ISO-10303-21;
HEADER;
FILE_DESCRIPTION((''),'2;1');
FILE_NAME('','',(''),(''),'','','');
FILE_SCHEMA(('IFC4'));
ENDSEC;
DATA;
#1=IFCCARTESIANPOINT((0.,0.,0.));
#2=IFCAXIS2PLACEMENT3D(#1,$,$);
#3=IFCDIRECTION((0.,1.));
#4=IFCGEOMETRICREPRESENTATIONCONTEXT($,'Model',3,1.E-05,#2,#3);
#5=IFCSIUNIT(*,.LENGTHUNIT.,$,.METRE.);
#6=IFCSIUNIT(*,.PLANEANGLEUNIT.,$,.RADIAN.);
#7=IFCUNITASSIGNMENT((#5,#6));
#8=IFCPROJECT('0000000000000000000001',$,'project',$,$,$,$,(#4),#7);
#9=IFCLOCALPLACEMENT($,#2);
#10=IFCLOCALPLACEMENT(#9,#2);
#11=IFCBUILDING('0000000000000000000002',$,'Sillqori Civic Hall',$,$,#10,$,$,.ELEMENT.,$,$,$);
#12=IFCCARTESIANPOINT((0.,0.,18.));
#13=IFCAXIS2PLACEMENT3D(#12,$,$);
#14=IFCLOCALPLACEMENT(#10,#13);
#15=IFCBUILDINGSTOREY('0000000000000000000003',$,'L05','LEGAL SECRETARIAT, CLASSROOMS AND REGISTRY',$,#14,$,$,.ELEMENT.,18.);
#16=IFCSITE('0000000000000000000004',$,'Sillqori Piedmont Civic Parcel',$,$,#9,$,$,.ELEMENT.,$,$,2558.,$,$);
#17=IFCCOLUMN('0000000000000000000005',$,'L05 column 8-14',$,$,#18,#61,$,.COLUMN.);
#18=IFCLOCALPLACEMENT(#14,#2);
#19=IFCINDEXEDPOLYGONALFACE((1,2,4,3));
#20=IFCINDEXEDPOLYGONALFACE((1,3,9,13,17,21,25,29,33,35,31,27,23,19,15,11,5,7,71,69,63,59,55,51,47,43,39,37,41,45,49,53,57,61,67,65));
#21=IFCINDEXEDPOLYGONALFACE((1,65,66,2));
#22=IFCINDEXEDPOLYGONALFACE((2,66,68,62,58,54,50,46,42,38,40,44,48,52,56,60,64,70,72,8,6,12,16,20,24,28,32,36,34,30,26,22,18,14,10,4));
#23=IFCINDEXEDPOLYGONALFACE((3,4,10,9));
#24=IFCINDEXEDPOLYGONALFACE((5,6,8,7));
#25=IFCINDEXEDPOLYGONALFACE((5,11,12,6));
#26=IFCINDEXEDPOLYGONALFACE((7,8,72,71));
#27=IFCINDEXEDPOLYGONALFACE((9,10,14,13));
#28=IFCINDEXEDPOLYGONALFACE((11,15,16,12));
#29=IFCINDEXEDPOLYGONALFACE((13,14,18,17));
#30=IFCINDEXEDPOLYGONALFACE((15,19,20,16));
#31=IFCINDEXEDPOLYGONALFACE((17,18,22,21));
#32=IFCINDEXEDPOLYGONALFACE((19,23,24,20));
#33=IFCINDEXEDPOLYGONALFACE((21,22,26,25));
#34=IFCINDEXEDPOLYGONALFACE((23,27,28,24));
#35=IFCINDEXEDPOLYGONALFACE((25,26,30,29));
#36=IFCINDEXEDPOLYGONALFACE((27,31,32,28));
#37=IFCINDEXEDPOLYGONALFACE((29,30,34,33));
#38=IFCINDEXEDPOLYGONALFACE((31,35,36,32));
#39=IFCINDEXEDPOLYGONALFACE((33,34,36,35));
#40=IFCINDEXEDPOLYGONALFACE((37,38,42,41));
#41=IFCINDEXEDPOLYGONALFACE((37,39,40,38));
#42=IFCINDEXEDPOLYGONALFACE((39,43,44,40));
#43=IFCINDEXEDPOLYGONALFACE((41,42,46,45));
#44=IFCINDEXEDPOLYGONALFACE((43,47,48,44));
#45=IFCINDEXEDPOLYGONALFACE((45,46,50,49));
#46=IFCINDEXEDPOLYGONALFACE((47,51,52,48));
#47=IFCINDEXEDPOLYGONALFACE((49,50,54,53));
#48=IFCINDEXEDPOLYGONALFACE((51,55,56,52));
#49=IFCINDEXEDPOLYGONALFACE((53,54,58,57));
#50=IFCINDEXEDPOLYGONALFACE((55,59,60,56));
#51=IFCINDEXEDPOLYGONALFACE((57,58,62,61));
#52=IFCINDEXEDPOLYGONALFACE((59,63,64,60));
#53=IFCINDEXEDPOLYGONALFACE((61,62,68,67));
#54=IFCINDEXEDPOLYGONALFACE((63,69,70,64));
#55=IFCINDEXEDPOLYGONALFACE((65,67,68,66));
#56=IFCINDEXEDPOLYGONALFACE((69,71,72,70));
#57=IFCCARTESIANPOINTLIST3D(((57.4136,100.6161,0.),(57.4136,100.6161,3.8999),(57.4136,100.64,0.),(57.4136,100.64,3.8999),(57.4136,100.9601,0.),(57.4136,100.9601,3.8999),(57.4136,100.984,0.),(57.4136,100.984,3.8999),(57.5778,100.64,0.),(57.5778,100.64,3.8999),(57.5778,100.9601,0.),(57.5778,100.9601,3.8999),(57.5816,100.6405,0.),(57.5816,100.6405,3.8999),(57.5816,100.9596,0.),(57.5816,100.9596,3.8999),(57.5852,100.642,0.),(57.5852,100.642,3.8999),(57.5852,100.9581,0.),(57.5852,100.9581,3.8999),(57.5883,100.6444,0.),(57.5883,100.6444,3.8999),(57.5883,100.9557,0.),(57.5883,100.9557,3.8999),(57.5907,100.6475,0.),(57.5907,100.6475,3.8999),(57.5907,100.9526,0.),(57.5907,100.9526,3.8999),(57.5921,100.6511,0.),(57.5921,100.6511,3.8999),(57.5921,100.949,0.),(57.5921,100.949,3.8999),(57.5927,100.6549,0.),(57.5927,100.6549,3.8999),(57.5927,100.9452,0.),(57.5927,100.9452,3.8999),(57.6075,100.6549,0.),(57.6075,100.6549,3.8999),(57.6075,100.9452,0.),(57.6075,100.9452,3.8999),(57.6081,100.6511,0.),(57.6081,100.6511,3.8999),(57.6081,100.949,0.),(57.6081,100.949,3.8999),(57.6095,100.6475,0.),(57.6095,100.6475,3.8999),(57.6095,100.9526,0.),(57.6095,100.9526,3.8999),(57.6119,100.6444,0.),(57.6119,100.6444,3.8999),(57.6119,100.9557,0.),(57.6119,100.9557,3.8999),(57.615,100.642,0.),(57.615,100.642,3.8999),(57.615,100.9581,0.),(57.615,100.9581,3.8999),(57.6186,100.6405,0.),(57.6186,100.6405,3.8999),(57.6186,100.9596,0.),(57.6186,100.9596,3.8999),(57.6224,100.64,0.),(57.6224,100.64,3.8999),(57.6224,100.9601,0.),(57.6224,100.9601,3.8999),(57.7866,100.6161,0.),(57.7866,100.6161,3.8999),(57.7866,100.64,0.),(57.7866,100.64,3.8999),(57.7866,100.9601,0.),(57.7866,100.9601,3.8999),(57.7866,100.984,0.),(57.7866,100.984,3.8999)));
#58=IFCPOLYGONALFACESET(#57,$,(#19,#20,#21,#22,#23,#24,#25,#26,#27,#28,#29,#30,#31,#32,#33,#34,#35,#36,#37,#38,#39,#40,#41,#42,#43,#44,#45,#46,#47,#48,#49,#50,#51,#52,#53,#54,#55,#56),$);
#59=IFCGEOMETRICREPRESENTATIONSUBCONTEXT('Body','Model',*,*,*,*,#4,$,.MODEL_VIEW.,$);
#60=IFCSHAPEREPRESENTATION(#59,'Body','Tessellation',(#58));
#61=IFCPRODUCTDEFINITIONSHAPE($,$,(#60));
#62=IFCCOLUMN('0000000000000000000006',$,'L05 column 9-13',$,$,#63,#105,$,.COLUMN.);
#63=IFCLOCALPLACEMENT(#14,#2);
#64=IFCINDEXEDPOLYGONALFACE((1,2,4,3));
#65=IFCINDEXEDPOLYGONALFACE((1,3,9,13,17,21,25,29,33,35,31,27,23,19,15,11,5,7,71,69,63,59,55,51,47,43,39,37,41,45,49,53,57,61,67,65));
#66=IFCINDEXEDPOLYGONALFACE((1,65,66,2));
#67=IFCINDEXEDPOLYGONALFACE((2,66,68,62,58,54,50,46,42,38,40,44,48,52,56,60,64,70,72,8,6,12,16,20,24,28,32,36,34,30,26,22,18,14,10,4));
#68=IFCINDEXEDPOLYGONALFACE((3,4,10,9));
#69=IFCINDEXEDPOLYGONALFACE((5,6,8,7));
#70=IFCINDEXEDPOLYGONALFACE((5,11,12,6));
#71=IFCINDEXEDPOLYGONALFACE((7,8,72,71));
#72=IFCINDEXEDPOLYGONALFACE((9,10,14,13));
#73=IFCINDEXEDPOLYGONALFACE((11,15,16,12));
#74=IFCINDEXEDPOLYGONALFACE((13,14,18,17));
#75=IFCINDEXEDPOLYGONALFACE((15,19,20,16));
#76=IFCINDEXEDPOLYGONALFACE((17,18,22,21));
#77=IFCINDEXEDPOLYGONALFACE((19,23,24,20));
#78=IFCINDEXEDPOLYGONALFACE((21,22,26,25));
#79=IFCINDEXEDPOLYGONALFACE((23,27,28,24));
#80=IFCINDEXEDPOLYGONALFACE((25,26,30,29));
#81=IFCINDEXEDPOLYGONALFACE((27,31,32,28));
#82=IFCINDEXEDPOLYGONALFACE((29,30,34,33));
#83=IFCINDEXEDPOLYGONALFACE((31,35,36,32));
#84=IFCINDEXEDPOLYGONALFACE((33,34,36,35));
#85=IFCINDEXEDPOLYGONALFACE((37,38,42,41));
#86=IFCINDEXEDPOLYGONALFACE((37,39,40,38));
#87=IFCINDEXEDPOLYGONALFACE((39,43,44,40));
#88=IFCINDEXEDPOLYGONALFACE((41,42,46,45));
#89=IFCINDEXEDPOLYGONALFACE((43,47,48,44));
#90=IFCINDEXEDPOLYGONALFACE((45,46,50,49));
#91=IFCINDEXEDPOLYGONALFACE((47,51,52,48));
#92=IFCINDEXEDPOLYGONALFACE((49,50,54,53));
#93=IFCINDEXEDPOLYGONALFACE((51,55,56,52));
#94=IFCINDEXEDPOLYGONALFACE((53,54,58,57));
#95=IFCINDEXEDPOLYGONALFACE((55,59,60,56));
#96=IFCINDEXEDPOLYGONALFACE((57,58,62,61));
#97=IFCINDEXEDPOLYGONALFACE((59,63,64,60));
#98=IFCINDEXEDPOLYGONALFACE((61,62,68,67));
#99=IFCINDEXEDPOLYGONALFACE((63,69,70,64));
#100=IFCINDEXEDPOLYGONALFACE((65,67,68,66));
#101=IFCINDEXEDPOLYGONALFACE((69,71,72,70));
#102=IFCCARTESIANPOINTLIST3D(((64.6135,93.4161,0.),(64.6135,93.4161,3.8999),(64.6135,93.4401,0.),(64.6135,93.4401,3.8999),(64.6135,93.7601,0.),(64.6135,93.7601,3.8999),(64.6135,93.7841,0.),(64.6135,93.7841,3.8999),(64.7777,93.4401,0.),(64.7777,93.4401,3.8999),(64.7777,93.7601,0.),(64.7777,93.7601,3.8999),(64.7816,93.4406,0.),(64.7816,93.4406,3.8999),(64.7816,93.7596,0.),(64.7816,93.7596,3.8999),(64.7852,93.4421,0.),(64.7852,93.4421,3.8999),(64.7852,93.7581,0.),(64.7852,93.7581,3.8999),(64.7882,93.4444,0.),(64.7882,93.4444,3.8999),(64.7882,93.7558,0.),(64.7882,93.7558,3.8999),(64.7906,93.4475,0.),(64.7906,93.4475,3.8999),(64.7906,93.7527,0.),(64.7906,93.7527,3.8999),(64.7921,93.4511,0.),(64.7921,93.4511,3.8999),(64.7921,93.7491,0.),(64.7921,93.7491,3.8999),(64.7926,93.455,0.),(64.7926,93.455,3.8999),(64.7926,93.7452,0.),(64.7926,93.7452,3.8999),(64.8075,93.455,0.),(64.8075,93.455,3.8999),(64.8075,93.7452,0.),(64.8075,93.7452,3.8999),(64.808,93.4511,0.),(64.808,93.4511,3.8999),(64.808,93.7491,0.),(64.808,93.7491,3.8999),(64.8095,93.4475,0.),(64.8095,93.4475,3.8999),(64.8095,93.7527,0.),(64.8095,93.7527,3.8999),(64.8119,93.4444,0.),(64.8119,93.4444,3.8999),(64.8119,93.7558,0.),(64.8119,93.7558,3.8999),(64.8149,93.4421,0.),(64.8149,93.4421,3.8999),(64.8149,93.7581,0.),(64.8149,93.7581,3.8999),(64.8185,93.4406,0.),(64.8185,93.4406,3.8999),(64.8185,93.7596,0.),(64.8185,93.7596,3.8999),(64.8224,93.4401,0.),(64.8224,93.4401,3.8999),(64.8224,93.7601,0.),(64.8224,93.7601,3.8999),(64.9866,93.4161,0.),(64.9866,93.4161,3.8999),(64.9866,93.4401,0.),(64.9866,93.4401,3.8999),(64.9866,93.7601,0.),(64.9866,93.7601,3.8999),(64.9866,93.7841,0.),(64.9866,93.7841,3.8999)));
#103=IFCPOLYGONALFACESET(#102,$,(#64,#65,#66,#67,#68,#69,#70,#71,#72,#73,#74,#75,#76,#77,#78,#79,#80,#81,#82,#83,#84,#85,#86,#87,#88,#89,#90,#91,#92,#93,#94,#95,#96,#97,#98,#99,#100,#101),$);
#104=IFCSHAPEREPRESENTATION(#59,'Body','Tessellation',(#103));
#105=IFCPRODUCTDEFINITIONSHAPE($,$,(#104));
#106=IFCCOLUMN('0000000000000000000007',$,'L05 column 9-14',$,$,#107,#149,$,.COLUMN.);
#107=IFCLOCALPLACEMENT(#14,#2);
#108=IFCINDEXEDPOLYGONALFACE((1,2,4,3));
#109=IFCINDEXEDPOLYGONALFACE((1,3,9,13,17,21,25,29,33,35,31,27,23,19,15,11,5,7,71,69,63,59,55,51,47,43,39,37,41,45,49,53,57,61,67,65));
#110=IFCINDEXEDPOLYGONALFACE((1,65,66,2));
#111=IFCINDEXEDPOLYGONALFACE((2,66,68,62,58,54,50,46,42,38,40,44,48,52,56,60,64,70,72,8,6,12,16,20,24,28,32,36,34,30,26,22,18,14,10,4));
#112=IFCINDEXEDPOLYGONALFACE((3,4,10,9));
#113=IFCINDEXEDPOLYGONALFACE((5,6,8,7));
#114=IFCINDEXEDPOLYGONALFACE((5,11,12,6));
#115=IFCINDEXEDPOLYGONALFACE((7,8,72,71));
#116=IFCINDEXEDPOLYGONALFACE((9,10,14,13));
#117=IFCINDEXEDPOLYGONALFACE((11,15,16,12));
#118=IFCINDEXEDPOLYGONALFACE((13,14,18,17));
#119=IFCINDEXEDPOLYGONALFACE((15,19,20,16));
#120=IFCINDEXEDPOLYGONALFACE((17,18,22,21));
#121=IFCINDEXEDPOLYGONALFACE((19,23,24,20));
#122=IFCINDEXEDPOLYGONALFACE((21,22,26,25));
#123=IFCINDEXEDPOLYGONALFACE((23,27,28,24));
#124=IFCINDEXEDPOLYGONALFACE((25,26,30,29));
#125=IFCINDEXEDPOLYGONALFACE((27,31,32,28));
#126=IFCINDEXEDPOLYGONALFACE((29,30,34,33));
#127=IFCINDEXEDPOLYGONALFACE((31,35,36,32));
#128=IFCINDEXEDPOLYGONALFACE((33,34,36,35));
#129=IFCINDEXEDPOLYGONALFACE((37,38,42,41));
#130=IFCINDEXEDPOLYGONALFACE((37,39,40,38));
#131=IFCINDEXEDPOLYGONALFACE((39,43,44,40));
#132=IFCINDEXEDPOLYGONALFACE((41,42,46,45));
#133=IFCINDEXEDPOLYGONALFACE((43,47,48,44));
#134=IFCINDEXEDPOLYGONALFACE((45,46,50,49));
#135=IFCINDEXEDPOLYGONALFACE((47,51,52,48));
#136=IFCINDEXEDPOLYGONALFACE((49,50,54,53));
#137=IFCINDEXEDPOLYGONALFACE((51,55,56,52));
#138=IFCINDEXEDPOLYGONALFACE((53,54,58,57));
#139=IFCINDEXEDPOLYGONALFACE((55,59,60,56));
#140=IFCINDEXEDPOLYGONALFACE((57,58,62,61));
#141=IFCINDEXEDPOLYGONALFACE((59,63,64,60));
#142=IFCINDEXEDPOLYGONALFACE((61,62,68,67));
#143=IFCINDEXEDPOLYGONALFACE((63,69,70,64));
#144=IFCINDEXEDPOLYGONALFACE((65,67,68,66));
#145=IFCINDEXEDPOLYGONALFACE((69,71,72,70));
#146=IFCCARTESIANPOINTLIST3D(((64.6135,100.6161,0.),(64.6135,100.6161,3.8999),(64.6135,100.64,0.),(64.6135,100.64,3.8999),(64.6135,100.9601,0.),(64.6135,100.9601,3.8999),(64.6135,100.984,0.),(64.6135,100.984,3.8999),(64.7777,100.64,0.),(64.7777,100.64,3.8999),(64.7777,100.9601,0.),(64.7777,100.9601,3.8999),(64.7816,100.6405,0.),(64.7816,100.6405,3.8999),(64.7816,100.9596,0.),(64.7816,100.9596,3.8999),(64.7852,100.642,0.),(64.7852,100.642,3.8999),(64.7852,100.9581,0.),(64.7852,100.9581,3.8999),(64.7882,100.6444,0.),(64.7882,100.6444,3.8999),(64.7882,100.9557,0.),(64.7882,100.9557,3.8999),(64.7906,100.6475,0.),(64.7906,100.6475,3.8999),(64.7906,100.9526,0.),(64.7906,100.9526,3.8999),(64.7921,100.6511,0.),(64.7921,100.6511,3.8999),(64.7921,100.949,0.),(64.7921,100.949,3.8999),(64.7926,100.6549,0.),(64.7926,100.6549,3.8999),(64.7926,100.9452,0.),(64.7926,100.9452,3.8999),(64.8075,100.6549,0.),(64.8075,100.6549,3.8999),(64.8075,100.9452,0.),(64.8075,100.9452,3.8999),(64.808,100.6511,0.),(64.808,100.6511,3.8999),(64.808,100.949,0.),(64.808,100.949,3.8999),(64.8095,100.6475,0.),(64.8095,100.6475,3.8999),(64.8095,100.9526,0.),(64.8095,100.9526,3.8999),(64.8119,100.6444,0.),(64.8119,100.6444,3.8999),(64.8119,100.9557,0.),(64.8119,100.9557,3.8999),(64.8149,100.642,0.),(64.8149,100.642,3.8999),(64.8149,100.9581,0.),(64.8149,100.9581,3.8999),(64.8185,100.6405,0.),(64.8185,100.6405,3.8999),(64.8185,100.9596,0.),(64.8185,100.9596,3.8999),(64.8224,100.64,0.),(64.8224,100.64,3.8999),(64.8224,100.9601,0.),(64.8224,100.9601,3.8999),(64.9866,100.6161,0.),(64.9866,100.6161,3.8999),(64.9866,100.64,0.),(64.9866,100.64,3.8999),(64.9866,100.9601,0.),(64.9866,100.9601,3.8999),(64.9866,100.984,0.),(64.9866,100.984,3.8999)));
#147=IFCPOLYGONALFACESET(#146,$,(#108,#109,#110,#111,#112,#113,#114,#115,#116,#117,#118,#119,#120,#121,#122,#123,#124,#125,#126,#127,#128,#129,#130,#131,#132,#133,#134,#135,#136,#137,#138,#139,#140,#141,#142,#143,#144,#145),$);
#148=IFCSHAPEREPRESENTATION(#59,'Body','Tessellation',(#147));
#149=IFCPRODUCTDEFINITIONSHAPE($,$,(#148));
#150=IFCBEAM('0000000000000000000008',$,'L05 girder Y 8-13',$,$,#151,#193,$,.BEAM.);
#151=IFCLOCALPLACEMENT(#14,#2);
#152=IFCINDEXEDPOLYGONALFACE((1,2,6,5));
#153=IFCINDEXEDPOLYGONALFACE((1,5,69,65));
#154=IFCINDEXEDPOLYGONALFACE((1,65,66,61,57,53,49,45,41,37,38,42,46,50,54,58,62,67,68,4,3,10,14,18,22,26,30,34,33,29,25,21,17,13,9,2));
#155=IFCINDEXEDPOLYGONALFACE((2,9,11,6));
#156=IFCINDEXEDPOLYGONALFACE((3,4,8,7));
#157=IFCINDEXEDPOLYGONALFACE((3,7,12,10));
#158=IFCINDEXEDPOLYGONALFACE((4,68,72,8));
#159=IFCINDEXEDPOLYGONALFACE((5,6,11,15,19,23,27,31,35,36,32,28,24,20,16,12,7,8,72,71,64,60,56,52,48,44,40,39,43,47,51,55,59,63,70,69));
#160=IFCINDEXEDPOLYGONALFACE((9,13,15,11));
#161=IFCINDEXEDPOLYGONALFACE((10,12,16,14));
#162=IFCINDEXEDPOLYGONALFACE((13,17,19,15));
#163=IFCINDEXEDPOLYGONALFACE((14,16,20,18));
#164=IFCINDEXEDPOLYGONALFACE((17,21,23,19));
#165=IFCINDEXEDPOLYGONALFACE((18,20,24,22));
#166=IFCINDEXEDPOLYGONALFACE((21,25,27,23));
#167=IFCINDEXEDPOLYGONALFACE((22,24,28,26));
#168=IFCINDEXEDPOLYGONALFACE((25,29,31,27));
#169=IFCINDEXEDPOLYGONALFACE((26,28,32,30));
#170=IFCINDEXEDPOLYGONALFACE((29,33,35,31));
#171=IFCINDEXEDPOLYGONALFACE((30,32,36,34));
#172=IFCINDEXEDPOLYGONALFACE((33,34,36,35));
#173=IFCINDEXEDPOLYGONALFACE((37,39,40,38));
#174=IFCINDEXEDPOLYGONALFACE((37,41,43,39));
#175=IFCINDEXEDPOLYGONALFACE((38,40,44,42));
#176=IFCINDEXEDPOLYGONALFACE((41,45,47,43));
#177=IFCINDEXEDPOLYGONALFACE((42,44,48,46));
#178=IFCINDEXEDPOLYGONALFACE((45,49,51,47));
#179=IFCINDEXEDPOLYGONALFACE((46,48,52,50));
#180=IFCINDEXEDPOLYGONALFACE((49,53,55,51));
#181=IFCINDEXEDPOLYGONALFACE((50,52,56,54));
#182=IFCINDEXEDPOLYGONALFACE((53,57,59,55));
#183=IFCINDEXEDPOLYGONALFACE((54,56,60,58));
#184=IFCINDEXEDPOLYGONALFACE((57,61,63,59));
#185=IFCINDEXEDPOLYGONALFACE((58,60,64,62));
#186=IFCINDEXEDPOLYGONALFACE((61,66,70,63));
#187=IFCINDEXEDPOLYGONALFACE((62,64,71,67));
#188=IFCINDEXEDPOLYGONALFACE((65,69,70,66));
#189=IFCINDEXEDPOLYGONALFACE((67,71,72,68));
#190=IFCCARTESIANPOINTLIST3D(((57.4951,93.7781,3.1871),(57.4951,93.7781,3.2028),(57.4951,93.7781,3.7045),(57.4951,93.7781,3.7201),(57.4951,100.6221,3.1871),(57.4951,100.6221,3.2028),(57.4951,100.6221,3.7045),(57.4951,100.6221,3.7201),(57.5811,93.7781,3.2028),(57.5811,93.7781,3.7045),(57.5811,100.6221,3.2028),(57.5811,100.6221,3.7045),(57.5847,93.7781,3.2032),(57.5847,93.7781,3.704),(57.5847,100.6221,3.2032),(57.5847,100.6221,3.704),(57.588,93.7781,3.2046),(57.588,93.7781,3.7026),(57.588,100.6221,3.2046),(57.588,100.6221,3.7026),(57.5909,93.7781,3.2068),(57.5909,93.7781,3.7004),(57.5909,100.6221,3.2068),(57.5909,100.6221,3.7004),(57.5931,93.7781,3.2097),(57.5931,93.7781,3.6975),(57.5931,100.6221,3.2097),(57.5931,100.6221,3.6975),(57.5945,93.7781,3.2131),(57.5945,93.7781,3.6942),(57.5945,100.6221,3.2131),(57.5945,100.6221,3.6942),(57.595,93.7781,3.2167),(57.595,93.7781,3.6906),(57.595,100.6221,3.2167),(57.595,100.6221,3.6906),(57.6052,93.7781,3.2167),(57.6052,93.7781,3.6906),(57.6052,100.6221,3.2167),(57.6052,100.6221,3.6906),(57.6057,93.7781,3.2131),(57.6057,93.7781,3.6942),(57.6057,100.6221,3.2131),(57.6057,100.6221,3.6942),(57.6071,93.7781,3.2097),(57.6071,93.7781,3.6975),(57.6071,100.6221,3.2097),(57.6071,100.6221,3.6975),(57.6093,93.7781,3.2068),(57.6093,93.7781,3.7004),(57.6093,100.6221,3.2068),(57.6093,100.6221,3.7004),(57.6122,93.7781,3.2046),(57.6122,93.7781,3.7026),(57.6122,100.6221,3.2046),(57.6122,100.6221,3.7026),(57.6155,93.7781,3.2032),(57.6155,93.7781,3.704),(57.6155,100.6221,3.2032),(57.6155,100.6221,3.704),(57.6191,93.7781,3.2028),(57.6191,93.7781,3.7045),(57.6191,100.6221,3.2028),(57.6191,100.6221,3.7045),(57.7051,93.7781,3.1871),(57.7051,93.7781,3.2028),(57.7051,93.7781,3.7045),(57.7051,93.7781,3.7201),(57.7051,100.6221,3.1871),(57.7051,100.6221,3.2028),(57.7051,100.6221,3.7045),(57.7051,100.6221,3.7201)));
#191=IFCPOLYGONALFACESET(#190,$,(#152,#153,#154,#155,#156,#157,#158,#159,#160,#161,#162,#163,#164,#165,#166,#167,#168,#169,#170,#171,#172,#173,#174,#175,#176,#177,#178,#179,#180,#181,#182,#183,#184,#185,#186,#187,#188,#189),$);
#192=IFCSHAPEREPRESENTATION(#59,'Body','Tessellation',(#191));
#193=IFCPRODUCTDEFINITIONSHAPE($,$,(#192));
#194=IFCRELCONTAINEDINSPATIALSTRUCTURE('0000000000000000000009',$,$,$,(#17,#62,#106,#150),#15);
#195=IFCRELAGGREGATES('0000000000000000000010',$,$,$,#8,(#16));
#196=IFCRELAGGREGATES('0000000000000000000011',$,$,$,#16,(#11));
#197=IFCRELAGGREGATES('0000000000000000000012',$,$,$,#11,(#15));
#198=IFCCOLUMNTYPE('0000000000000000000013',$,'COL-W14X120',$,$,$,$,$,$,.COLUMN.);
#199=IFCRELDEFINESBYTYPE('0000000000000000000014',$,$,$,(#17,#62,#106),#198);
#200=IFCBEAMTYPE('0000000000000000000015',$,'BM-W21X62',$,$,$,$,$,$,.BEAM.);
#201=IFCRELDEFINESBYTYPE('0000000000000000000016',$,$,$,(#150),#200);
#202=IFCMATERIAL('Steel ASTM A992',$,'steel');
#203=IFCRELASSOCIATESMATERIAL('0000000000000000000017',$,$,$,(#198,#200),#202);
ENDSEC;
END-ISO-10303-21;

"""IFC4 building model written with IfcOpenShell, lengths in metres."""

from ifc_helpers import new_model, si_unit, direction, frame, origin, origin_2d, place, context, subcontext, project, spatial, i_section, extrude, material, material_profile, profile_set, type_object, element, save


model = new_model("IFC4")

# Units and contexts
model_context = context("Model", 3, precision=1e-05, world=origin(), true_north=direction((0.0, 1.0)))
body_context = subcontext(model_context, "Body", "Model", "MODEL_VIEW")
ifc_project = project(units=[si_unit("LENGTHUNIT", "METRE"), si_unit("PLANEANGLEUNIT", "RADIAN")], contexts=[model_context])

# Site, building, storey
site_placement = place(None, origin())
site = spatial("IfcSite", under=ifc_project, at=site_placement, Name="Sillqori Piedmont Civic Parcel", CompositionType="ELEMENT", RefElevation=2558.0)
building_placement = place(site_placement, origin())
building = spatial("IfcBuilding", under=site, at=building_placement, Name="Sillqori Civic Hall", CompositionType="ELEMENT")
storey_placement = place(building_placement, frame((0.0, 0.0, 18.0)))
storey = spatial("IfcBuildingStorey", under=building, at=storey_placement, Name="L05", Description="LEGAL SECRETARIAT, CLASSROOMS AND REGISTRY", CompositionType="ELEMENT", Elevation=18.0)

# Columns
ifc_material_1 = material(Name="Steel ASTM A992", Category="steel")
ifc_material_profile_1 = material_profile(ifc_material_1, i_section(OverallWidth=0.373, OverallDepth=0.3679, WebThickness=0.0149, FlangeThickness=0.0239, FilletRadius=0.0149, at=origin_2d()), Name="W14X120")
ifc_profile_set_1 = profile_set([ifc_material_profile_1], Name="Steel ASTM A992")
column_type = type_object("IfcColumnType", Name="COL-W14X120", PredefinedType="COLUMN", material=ifc_profile_set_1)
for number, where, z_axis, x_axis, name in (
    (1, (57.6001, 100.8, 0.0), (0.0, 0.0, 1.0), (1.0, 0.0, 0.0), "L05 column 8-14"),
    (2, (64.8, 93.6001, 0.0), (0.0, 0.0, 1.0), (1.0, 0.0, 0.0), "L05 column 9-13"),
    (3, (64.8, 100.8, 0.0), (0.0, 0.0, 1.0), (1.0, 0.0, 0.0), "L05 column 9-14"),
):
    element("IfcColumn", number, at=place(storey_placement, frame(where, z_axis=z_axis, x_axis=x_axis)), inside=storey, type_object=column_type, Name=name, PredefinedType="COLUMN", context=body_context, shape_type="SweptSolid", body=[
        extrude(i_section(OverallWidth=0.373, OverallDepth=0.3679, WebThickness=0.0149, FlangeThickness=0.0239, FilletRadius=0.0149, at=origin_2d()), origin(), (0.0, 0.0, 1.0), 3.8999),
    ])

# Beam
ifc_material_profile_2 = material_profile(ifc_material_1, i_section(OverallWidth=0.21, OverallDepth=0.533, WebThickness=0.0103, FlangeThickness=0.0156, FilletRadius=0.0139, at=origin_2d()), Name="W21X62")
ifc_profile_set_2 = profile_set([ifc_material_profile_2], Name="Steel ASTM A992")
beam_type_1 = type_object("IfcBeamType", Name="BM-W21X62", PredefinedType="BEAM", material=ifc_profile_set_2)
for number, where, z_axis, x_axis, name in (
    (4, (57.6001, 93.7781, 3.4536), (0.0, 1.0, 0.0), (-1.0, 0.0, 0.0), "L05 girder Y 8-13"),
):
    element("IfcBeam", number, at=place(storey_placement, frame(where, z_axis=z_axis, x_axis=x_axis)), inside=storey, type_object=beam_type_1, Name=name, PredefinedType="BEAM", context=body_context, shape_type="SweptSolid", body=[
        extrude(i_section(OverallWidth=0.21, OverallDepth=0.533, WebThickness=0.0103, FlangeThickness=0.0156, FilletRadius=0.0139, at=origin_2d()), origin(), (0.0, 0.0, 1.0), 6.844),
    ])

save(model, "model.ifc")
